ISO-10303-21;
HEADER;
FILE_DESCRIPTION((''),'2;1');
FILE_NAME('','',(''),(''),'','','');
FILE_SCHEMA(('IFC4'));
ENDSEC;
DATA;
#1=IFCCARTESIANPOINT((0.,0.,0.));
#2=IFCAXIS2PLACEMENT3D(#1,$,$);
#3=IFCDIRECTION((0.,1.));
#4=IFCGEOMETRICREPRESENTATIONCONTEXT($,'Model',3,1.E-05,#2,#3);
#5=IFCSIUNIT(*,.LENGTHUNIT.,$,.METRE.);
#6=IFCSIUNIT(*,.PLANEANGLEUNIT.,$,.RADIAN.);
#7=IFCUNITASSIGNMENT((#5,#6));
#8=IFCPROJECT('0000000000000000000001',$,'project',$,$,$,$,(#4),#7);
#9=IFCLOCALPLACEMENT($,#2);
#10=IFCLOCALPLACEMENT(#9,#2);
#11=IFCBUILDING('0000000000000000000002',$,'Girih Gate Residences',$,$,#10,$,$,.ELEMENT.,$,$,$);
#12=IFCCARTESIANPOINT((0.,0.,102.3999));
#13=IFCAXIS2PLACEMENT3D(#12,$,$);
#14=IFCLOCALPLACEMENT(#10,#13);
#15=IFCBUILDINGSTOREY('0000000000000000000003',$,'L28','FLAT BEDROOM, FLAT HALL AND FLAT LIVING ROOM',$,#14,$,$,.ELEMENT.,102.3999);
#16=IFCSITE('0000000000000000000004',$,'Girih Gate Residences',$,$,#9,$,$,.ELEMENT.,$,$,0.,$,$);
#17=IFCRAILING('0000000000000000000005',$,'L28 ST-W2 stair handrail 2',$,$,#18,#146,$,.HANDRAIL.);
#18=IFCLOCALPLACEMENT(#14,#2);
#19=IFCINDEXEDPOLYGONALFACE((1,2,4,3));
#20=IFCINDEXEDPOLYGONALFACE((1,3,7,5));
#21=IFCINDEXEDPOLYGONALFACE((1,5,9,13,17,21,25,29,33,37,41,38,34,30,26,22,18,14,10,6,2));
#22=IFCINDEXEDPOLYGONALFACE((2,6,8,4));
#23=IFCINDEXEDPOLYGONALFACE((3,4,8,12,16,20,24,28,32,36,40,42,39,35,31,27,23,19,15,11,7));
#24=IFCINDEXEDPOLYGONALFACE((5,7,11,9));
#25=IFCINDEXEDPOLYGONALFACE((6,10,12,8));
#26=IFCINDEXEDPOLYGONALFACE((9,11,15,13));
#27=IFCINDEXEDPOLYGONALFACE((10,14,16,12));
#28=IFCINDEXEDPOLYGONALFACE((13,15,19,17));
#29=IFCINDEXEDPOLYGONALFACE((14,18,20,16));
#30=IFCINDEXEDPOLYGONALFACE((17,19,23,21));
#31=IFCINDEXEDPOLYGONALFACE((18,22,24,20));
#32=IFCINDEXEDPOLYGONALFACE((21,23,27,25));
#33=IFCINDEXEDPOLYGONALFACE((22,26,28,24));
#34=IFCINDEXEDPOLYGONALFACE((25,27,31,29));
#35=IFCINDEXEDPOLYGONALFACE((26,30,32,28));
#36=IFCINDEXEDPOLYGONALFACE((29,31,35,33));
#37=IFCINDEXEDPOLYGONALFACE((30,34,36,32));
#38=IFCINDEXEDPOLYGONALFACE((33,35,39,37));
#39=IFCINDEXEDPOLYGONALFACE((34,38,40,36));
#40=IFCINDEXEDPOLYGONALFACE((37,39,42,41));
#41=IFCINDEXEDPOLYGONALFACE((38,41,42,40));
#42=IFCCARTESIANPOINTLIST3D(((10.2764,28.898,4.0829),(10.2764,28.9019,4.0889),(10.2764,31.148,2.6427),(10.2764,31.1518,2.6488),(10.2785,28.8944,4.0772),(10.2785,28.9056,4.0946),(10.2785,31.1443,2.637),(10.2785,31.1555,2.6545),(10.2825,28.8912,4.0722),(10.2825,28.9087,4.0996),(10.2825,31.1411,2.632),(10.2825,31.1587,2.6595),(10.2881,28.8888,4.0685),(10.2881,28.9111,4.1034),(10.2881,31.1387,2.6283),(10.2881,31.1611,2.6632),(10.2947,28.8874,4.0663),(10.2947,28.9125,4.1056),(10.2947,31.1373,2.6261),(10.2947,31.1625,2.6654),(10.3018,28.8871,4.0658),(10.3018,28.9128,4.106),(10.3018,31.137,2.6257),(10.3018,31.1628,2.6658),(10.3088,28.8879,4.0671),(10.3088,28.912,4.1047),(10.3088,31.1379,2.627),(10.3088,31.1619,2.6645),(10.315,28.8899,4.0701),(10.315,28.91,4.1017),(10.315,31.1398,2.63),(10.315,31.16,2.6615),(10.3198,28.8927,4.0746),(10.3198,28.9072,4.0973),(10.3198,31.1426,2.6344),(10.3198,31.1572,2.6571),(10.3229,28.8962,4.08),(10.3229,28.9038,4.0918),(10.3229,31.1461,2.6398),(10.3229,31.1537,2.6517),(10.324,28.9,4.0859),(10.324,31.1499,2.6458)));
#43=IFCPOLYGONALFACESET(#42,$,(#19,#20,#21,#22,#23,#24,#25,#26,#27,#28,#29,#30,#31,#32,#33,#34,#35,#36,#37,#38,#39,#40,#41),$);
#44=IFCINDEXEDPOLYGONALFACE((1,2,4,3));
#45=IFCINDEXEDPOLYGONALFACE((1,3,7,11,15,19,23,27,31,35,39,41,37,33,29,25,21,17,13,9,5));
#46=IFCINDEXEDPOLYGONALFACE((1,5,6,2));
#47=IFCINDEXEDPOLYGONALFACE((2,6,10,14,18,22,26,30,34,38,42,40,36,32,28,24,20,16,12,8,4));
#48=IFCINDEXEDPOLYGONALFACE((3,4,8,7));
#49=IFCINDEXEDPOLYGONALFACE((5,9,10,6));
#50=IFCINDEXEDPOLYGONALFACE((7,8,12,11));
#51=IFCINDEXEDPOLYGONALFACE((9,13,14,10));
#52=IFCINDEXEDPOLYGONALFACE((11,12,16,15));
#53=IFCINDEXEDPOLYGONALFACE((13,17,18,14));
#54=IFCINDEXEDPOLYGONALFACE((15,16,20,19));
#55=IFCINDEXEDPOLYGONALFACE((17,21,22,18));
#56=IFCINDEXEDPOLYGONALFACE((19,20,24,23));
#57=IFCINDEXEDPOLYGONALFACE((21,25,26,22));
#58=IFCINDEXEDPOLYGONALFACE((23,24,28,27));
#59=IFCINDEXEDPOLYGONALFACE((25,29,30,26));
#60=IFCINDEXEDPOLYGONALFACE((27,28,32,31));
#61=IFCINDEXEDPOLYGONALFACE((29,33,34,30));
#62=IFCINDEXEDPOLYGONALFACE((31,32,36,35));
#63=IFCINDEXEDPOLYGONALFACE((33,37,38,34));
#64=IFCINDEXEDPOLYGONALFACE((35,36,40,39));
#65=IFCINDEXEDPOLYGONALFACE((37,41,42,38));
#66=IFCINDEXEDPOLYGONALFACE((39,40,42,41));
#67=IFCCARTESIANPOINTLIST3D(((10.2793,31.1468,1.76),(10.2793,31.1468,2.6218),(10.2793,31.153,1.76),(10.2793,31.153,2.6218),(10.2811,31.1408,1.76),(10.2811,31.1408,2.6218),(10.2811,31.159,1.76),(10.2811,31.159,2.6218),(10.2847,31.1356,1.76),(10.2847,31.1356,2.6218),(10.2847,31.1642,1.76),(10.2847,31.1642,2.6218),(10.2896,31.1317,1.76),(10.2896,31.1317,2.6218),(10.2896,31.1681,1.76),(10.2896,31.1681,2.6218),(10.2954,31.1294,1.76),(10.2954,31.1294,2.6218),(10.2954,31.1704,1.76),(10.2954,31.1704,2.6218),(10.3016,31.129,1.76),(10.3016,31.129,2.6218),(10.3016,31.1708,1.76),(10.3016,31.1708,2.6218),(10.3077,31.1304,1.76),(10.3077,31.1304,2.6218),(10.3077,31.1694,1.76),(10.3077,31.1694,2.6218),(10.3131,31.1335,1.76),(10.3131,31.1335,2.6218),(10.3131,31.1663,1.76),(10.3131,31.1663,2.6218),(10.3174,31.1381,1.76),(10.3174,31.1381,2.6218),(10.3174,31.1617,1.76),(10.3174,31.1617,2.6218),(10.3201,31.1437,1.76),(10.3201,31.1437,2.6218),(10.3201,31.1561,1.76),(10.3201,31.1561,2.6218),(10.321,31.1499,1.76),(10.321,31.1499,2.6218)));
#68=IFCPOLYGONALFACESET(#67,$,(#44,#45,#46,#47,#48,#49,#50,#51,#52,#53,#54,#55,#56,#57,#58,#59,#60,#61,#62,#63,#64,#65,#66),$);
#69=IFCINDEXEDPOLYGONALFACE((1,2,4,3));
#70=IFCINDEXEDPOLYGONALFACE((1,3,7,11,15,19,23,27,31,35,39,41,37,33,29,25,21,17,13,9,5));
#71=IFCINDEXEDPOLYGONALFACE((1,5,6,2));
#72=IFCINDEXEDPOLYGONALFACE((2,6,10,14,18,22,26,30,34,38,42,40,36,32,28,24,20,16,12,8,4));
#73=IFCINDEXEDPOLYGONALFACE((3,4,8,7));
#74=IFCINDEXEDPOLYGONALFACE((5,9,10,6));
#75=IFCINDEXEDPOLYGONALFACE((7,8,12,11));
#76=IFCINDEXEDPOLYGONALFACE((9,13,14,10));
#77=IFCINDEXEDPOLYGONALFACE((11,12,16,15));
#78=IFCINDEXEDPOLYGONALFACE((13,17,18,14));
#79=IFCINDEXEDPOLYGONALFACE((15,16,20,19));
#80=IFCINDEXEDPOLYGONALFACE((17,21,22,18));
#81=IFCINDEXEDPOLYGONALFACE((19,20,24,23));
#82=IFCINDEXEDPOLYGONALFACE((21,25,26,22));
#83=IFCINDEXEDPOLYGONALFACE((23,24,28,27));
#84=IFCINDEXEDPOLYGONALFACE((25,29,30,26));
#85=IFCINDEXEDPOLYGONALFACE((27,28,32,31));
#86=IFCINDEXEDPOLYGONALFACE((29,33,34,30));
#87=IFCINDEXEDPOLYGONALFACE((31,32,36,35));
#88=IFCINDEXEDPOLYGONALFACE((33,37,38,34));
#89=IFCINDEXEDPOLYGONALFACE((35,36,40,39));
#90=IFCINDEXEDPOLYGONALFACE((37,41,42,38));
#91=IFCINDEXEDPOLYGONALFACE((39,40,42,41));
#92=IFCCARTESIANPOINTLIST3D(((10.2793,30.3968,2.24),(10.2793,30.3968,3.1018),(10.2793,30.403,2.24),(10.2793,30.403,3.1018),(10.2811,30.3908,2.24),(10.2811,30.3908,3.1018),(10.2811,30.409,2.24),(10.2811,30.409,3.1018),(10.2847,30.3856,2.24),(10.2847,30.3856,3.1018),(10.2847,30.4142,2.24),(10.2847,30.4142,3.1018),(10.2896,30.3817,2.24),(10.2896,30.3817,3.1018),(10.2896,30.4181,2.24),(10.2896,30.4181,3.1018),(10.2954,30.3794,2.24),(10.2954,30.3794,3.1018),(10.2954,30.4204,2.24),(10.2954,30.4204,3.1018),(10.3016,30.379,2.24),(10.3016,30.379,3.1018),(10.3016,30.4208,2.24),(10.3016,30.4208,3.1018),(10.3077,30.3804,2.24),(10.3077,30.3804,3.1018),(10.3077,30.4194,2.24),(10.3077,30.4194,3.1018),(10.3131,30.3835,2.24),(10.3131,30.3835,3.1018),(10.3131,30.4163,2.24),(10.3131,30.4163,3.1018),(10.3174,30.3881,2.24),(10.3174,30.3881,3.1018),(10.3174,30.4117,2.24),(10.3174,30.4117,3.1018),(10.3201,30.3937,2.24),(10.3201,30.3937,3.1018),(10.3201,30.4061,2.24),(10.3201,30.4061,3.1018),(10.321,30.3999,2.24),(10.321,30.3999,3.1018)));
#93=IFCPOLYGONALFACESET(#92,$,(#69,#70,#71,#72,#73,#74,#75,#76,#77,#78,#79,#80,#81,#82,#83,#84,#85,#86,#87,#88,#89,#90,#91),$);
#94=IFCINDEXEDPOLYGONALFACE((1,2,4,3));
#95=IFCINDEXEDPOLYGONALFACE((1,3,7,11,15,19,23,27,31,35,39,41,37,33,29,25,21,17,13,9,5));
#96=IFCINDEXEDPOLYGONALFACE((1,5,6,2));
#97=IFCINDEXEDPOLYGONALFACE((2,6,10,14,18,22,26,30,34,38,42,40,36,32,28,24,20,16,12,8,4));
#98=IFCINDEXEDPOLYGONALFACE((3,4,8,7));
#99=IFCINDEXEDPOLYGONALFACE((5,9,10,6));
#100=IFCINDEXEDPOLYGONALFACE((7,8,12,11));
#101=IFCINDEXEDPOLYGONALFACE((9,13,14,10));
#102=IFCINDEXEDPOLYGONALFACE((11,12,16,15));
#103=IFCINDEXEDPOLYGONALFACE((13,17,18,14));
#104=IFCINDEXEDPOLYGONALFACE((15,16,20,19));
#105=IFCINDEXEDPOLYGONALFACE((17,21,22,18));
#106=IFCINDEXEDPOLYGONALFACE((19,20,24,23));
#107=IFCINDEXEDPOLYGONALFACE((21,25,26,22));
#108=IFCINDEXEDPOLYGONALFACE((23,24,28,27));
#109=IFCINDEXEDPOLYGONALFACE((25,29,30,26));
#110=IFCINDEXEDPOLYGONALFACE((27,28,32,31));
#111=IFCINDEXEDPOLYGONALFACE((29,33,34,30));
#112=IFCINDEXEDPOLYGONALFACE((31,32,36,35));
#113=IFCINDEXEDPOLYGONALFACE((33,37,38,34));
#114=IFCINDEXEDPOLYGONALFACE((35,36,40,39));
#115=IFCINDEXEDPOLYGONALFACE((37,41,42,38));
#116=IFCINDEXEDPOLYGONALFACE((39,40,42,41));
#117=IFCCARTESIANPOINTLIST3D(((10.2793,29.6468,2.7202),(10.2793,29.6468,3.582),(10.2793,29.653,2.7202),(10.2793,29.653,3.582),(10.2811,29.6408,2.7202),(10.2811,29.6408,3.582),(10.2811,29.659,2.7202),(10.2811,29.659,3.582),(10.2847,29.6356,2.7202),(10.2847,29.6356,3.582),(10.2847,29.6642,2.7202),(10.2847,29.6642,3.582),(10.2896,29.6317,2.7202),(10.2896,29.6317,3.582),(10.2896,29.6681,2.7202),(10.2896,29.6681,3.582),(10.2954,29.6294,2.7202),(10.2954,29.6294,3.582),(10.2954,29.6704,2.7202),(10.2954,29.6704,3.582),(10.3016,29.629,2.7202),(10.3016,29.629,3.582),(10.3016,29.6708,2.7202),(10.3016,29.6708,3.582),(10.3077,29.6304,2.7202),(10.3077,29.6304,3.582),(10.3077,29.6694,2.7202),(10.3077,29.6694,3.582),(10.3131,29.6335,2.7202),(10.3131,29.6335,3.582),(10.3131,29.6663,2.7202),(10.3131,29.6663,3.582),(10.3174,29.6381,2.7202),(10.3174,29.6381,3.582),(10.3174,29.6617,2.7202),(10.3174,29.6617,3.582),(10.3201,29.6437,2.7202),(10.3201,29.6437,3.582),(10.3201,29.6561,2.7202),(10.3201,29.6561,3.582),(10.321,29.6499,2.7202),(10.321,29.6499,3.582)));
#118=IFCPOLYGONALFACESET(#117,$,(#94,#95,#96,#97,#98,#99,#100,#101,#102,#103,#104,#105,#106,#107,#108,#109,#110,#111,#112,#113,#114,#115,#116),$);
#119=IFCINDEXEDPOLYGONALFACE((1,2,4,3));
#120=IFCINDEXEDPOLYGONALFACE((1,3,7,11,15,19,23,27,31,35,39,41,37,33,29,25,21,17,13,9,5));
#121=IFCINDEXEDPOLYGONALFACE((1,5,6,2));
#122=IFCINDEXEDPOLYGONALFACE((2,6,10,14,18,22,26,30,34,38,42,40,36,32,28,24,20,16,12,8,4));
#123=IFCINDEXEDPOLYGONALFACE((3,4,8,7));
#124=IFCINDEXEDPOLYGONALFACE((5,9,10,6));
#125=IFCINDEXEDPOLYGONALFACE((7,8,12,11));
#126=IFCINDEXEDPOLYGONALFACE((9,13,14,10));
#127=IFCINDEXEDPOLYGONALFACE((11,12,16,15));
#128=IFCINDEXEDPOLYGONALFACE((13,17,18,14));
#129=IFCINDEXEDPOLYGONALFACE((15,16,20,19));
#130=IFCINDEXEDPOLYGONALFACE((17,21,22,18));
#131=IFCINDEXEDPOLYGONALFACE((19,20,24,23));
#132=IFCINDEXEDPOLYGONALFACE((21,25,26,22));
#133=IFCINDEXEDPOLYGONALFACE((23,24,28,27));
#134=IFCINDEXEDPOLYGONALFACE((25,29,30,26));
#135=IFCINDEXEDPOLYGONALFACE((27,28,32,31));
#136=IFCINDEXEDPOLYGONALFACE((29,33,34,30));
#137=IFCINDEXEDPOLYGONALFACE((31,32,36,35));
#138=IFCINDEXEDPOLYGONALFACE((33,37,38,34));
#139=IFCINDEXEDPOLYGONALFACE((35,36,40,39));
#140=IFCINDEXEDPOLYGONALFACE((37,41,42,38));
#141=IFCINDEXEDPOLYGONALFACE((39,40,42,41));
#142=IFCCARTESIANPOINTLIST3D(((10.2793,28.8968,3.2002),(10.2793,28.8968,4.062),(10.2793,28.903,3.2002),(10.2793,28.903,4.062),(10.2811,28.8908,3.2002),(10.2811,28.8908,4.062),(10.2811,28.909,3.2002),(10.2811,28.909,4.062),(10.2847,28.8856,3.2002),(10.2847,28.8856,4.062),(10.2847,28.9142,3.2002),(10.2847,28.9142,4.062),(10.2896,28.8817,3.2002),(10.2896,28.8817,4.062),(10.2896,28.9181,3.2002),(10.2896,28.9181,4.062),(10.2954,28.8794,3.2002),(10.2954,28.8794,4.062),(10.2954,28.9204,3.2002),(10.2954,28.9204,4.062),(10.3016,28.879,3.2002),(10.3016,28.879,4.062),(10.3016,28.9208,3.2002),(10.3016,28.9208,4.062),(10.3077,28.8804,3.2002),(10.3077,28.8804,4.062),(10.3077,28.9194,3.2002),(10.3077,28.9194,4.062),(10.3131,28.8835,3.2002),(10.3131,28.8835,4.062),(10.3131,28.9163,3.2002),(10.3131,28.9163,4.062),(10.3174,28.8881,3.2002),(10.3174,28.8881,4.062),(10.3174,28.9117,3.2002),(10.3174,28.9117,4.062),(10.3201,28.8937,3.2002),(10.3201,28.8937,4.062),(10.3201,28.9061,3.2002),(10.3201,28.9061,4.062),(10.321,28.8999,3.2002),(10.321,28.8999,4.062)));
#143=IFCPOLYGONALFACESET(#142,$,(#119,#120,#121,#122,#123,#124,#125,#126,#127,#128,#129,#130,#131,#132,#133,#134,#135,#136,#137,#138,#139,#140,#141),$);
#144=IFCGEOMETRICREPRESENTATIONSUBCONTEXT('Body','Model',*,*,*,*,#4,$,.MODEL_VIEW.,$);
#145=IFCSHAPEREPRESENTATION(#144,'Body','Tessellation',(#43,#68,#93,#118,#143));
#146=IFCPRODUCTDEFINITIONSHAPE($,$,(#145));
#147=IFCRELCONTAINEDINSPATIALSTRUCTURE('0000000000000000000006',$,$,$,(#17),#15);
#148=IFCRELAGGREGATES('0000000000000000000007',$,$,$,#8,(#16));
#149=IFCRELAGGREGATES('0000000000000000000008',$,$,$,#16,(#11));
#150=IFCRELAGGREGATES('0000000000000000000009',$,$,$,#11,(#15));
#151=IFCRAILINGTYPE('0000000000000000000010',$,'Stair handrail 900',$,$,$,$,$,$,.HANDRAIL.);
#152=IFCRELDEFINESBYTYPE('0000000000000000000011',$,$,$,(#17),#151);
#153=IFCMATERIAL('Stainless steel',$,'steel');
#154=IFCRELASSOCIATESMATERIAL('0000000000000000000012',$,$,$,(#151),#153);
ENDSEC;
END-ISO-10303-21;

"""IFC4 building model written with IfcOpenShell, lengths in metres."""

from ifc_helpers import new_model, si_unit, direction, frame, origin, origin_2d, place, context, subcontext, project, spatial, circle, extrude, material, type_object, element, save


model = new_model("IFC4")

# Units and contexts
model_context = context("Model", 3, precision=1e-05, world=origin(), true_north=direction((0.0, 1.0)))
body_context = subcontext(model_context, "Body", "Model", "MODEL_VIEW")
ifc_project = project(units=[si_unit("LENGTHUNIT", "METRE"), si_unit("PLANEANGLEUNIT", "RADIAN")], contexts=[model_context])

# Site, building, storey
site_placement = place(None, origin())
site = spatial("IfcSite", under=ifc_project, at=site_placement, Name="Girih Gate Residences", CompositionType="ELEMENT", RefElevation=0.0)
building_placement = place(site_placement, origin())
building = spatial("IfcBuilding", under=site, at=building_placement, Name="Girih Gate Residences", CompositionType="ELEMENT")
storey_placement = place(building_placement, frame((0.0, 0.0, 102.3999)))
storey = spatial("IfcBuildingStorey", under=building, at=storey_placement, Name="L28", Description="FLAT BEDROOM, FLAT HALL AND FLAT LIVING ROOM", CompositionType="ELEMENT", Elevation=102.3999)

# Railing
ifc_material_1 = material(Name="Stainless steel", Category="steel")
railing_type_1 = type_object("IfcRailingType", Name="Stair handrail 900", PredefinedType="HANDRAIL", material=ifc_material_1)
railing_1_placement = place(storey_placement, frame((10.3, 31.1499, 1.76)))
element("IfcRailing", 1, at=railing_1_placement, inside=storey, type_object=railing_type_1, Name="L28 ST-W2 stair handrail 2", PredefinedType="HANDRAIL", context=body_context, shape_type="SweptSolid", body=[
    extrude(circle(Radius=0.0239, at=origin_2d()), frame((0.0, 0.0, 0.8857), z_axis=(0.0, -0.84224, 0.539103), x_axis=(1.0, 0.0, 0.0)), (0.0, 0.0, 1.0), 2.6714),
    extrude(circle(Radius=0.021, at=origin_2d()), origin(), (0.0, 0.0, 1.0), 0.8618),
    extrude(circle(Radius=0.021, at=origin_2d()), frame((0.0, -0.75, 0.48)), (0.0, 0.0, 1.0), 0.8618),
    extrude(circle(Radius=0.021, at=origin_2d()), frame((0.0, -1.5, 0.9602)), (0.0, 0.0, 1.0), 0.8618),
    extrude(circle(Radius=0.021, at=origin_2d()), frame((0.0, -2.25, 1.4402)), (0.0, 0.0, 1.0), 0.8618),
])

save(model, "model.ifc")
